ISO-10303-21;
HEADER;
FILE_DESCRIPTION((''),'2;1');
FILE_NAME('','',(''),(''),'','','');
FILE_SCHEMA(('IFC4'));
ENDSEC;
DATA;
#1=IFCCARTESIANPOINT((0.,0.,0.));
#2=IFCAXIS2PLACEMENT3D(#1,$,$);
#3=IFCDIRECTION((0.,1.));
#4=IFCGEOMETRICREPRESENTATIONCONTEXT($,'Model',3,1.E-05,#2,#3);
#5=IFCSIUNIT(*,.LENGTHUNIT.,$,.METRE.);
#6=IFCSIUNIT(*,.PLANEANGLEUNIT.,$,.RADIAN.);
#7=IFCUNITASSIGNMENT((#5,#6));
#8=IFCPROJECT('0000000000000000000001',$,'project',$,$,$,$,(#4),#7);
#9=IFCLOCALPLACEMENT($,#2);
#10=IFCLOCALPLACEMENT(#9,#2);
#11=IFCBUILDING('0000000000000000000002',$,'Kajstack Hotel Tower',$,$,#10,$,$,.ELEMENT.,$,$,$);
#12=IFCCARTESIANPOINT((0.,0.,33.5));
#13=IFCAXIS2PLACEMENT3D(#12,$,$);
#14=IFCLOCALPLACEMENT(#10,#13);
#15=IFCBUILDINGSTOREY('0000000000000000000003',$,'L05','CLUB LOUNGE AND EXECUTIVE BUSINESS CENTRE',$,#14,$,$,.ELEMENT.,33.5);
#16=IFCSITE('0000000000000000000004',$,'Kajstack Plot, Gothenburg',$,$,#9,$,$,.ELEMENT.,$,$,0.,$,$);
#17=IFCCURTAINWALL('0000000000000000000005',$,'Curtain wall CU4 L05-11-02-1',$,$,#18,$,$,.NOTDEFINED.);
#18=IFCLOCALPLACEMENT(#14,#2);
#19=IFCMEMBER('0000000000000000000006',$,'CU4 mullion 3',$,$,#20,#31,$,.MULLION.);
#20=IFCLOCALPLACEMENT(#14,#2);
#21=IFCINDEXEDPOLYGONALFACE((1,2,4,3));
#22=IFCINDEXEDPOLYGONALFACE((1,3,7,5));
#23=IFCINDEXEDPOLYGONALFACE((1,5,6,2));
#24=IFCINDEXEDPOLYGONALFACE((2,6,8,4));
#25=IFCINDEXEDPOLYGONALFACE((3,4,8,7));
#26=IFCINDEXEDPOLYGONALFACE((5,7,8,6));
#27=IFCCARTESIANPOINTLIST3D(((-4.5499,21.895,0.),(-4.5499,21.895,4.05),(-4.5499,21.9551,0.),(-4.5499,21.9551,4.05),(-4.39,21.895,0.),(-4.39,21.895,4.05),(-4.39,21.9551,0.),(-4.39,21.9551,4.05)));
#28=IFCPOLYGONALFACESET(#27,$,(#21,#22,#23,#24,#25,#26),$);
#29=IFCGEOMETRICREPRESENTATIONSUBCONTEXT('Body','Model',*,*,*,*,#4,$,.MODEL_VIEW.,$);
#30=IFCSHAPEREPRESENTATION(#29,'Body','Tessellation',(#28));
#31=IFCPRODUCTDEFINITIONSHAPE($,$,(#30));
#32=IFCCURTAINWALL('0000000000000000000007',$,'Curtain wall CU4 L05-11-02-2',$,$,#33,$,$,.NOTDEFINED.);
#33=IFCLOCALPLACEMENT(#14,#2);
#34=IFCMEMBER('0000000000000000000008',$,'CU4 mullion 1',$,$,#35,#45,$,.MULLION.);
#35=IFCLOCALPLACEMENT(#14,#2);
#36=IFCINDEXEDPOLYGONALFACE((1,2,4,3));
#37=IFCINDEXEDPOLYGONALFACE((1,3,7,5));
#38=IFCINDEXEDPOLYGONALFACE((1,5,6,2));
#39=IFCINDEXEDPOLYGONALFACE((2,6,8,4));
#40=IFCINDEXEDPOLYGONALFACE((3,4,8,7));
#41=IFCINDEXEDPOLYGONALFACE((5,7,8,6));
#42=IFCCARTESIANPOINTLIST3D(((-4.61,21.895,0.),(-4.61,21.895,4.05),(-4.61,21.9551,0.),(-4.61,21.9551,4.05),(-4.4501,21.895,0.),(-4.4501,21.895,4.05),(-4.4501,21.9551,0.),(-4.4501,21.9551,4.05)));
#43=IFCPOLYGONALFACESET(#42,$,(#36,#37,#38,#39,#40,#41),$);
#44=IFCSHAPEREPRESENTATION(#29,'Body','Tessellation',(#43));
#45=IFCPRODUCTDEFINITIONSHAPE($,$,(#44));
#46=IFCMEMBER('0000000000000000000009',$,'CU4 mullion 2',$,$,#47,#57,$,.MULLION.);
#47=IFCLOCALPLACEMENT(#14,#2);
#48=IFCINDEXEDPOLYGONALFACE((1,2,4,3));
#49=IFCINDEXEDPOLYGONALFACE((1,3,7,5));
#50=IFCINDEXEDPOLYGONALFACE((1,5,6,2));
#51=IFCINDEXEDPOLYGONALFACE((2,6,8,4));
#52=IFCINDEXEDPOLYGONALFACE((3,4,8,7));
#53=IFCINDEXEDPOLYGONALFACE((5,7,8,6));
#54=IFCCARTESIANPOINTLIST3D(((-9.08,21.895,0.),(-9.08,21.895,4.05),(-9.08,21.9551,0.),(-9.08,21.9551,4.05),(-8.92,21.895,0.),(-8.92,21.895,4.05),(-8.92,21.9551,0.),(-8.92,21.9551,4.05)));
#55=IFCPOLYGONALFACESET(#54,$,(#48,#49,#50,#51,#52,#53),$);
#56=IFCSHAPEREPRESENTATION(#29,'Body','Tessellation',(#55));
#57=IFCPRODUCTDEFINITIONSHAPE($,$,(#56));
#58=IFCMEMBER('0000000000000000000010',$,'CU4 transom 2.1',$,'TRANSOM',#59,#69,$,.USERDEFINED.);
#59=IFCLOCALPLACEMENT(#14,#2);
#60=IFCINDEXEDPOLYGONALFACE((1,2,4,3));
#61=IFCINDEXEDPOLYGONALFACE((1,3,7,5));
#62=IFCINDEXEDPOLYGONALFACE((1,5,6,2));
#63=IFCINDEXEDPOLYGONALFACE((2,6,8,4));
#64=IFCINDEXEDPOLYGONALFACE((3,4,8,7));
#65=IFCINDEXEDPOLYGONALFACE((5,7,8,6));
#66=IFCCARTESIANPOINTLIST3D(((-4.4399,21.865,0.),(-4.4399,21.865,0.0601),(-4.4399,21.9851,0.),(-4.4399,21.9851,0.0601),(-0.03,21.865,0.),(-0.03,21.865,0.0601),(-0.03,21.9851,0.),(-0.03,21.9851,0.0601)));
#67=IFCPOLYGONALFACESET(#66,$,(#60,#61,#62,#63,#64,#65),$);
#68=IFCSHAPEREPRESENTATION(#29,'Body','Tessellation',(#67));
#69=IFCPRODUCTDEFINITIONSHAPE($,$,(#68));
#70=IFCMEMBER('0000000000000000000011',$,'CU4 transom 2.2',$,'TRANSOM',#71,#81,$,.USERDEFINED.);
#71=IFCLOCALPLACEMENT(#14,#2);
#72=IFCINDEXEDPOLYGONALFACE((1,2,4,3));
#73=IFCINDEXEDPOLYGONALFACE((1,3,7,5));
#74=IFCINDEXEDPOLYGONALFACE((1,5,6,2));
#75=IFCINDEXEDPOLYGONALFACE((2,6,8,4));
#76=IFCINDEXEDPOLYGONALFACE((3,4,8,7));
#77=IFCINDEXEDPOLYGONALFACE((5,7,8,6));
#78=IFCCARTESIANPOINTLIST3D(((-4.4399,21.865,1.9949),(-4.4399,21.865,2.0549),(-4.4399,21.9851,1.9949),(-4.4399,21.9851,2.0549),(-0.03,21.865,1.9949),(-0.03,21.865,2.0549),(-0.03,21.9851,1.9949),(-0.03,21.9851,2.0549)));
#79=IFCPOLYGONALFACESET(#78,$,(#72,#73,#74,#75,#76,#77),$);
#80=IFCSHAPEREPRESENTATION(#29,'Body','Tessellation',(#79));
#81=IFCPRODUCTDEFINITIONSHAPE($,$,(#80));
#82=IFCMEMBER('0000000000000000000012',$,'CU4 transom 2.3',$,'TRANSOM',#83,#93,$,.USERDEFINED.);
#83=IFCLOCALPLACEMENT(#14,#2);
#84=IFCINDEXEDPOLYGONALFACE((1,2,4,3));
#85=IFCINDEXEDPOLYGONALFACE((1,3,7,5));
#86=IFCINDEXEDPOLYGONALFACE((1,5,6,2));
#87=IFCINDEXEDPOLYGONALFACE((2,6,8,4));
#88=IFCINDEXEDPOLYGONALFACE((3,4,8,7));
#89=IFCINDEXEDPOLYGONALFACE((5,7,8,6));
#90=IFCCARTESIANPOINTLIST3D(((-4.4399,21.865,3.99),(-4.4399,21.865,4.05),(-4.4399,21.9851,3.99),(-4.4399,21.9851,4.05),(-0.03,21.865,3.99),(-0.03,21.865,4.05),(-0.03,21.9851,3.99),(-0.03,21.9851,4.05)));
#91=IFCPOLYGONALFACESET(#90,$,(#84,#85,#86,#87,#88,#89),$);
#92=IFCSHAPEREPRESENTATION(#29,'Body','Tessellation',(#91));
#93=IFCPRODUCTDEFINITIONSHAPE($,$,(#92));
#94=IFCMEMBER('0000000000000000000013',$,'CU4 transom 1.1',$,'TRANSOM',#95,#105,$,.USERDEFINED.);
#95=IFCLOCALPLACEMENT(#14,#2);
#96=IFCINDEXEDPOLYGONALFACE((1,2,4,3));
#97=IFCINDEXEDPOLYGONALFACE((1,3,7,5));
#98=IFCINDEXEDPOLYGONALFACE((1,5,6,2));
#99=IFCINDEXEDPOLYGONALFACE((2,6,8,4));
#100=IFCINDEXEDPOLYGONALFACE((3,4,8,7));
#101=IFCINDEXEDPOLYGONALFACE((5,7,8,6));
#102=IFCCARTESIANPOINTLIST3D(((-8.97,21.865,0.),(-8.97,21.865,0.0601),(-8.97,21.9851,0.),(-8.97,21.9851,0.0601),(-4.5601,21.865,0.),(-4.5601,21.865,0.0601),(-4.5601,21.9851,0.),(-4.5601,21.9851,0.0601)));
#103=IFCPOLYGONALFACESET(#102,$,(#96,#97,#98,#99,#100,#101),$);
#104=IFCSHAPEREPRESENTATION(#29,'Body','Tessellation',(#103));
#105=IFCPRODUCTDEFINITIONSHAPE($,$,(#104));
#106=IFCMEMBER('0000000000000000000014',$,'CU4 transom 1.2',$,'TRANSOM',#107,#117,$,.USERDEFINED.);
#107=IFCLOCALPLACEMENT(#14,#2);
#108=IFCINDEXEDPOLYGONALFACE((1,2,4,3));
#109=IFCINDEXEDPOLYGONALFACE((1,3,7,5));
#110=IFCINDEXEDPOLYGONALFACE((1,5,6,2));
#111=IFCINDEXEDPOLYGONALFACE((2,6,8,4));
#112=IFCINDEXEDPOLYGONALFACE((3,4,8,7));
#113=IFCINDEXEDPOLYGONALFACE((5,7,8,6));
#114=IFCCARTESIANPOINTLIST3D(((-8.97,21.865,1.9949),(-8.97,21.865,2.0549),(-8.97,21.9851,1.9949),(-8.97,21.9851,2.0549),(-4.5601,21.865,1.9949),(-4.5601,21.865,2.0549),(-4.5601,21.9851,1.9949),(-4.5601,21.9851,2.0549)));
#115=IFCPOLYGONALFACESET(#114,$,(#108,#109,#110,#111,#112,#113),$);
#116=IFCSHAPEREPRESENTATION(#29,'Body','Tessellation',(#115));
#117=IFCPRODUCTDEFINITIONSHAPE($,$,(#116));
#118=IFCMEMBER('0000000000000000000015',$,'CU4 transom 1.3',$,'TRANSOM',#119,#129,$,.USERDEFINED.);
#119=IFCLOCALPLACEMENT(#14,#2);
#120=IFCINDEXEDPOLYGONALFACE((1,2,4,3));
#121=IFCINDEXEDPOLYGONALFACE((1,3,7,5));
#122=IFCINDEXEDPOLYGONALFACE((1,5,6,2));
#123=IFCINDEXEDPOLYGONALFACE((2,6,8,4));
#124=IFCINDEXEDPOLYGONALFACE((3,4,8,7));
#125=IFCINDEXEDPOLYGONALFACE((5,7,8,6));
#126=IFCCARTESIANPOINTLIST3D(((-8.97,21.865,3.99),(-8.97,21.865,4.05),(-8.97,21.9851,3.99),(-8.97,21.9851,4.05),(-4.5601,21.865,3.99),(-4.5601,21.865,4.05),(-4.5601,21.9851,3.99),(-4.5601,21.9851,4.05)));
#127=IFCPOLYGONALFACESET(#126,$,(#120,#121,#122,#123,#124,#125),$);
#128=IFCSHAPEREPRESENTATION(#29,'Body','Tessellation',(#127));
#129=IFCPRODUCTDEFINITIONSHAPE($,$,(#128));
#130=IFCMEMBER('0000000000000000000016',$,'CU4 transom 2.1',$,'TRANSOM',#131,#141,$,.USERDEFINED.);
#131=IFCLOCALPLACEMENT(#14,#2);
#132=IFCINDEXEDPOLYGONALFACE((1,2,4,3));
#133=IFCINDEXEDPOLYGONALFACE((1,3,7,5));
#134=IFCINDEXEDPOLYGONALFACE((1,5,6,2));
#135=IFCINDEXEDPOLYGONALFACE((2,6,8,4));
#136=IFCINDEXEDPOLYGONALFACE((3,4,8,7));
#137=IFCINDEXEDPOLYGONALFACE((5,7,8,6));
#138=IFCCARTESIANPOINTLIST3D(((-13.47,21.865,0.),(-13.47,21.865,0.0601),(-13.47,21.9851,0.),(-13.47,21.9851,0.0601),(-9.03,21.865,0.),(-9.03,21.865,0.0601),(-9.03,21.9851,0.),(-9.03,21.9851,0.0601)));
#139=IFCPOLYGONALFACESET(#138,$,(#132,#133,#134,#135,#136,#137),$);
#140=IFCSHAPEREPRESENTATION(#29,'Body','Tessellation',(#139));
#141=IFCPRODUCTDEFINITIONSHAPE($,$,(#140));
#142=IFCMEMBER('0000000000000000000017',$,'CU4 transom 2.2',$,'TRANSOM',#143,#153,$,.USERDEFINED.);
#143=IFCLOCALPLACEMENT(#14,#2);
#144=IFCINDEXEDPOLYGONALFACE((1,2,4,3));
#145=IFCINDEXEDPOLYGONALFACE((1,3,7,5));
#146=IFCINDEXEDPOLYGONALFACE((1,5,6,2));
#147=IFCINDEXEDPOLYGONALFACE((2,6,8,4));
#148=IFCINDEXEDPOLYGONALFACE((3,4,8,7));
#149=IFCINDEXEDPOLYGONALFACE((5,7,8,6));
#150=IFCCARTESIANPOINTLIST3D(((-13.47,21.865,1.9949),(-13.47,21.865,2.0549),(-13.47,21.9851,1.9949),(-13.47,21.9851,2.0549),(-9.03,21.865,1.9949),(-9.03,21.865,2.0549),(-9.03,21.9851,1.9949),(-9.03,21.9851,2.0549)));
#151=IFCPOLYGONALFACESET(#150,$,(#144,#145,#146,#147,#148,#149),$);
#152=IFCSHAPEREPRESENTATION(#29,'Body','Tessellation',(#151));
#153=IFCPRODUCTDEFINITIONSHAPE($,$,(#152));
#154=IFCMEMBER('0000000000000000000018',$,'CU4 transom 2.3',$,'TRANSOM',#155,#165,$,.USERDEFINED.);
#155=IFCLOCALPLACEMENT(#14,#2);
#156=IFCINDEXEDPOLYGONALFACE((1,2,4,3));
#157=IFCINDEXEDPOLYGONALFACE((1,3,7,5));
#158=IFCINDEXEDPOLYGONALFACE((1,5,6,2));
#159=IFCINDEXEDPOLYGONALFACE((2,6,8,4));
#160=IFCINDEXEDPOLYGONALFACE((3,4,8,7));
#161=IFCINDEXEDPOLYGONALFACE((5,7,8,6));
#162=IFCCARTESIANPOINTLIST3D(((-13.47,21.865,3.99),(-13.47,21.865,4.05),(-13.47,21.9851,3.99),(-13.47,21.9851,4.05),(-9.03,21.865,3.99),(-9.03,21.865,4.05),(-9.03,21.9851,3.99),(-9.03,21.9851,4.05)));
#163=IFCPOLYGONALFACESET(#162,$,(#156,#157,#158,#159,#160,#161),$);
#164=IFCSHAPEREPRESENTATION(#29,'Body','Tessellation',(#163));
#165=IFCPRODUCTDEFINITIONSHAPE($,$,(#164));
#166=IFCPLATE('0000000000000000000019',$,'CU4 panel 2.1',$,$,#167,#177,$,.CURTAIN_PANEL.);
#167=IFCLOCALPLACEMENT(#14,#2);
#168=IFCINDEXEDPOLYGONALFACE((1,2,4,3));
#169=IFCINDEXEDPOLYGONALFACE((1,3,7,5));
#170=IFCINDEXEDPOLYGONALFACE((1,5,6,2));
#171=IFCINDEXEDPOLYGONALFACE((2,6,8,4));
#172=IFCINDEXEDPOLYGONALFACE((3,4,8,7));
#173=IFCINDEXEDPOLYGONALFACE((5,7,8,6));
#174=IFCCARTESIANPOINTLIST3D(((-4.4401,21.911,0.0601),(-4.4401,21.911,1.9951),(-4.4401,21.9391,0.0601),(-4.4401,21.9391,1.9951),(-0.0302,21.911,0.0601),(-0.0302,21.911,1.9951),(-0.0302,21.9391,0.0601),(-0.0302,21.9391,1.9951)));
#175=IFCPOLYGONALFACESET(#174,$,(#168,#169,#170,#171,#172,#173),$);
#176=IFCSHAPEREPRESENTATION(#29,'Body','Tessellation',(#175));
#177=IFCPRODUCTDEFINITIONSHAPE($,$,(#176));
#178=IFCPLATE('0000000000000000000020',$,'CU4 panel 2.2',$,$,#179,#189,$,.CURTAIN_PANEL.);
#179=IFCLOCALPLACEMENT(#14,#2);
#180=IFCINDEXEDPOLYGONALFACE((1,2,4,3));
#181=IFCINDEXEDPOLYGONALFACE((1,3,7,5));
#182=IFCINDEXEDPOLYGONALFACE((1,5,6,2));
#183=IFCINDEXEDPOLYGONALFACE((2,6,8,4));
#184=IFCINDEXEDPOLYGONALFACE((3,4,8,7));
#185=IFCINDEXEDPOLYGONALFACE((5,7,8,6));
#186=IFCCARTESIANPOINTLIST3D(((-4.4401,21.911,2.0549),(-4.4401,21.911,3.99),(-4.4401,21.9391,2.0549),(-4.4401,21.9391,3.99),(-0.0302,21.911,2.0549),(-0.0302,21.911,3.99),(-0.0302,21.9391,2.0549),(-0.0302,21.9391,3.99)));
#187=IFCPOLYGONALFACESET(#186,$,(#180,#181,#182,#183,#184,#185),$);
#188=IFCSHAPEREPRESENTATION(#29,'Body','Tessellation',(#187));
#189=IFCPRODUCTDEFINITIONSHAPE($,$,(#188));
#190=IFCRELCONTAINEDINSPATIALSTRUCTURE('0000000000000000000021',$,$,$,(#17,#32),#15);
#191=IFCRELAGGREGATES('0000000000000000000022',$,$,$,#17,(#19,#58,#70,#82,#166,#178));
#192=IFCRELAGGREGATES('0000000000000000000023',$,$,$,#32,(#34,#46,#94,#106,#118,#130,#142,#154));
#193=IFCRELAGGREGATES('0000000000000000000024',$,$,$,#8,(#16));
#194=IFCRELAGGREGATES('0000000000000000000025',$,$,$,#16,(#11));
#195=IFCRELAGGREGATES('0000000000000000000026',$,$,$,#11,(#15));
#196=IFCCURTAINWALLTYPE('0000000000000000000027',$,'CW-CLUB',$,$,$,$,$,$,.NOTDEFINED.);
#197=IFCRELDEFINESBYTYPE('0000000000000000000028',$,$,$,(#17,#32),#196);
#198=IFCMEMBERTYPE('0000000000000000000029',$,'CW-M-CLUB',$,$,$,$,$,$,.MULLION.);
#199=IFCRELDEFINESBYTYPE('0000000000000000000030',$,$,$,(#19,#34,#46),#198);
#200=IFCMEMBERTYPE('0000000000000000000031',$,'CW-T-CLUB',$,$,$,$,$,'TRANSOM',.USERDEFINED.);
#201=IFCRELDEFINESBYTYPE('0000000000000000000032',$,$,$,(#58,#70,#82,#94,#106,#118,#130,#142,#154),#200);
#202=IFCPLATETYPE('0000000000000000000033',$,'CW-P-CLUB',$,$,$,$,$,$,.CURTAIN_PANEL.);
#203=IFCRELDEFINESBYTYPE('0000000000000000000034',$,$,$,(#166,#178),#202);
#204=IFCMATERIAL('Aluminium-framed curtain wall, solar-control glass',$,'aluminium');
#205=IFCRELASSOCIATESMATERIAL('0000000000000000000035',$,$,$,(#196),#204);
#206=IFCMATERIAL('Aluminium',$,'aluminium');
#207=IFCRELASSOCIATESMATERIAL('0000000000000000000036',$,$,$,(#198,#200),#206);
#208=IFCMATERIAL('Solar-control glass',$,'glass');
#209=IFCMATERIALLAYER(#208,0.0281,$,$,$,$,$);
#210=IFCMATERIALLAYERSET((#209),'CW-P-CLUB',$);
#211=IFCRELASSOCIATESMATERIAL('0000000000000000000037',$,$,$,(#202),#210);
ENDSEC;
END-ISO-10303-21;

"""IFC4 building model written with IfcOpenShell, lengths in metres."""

from ifc_helpers import new_model, si_unit, direction, frame, origin, origin_2d, place, context, subcontext, project, spatial, rectangle, extrude, material, layer, layer_set, material_profile, profile_set, type_object, element, aggregate, save


model = new_model("IFC4")

# Units and contexts
model_context = context("Model", 3, precision=1e-05, world=origin(), true_north=direction((0.0, 1.0)))
body_context = subcontext(model_context, "Body", "Model", "MODEL_VIEW")
ifc_project = project(units=[si_unit("LENGTHUNIT", "METRE"), si_unit("PLANEANGLEUNIT", "RADIAN")], contexts=[model_context])

# Site, building, storey
site_placement = place(None, origin())
site = spatial("IfcSite", under=ifc_project, at=site_placement, Name="Kajstack Plot, Gothenburg", CompositionType="ELEMENT", RefElevation=0.0)
building_placement = place(site_placement, origin())
building = spatial("IfcBuilding", under=site, at=building_placement, Name="Kajstack Hotel Tower", CompositionType="ELEMENT")
storey_placement = place(building_placement, frame((0.0, 0.0, 33.5)))
storey = spatial("IfcBuildingStorey", under=building, at=storey_placement, Name="L05", Description="CLUB LOUNGE AND EXECUTIVE BUSINESS CENTRE", CompositionType="ELEMENT", Elevation=33.5)

# Curtain wall, member
ifc_material_1 = material(Name="Aluminium-framed curtain wall, solar-control glass", Category="aluminium")
curtain_wall_type = type_object("IfcCurtainWallType", Name="CW-CLUB", PredefinedType="NOTDEFINED", material=ifc_material_1)
curtain_wall_1_placement = place(storey_placement, origin())
curtain_wall_1 = element("IfcCurtainWall", 1, at=curtain_wall_1_placement, inside=storey, type_object=curtain_wall_type, Name="Curtain wall CU4 L05-11-02-1", PredefinedType="NOTDEFINED")
ifc_material_2 = material(Name="Aluminium", Category="aluminium")
ifc_material_profile_1 = material_profile(ifc_material_2, rectangle(XDim=0.0601, YDim=0.1599, at=origin_2d()), Name="Aluminium mullion 60 x 160")
ifc_profile_set_1 = profile_set([ifc_material_profile_1], Name="Aluminium")
member_type_1 = type_object("IfcMemberType", Name="CW-M-CLUB", PredefinedType="MULLION", material=ifc_profile_set_1)
member_1_placement = place(storey_placement, frame((-4.47, 21.925, 0.0), z_axis=(0.0, 0.0, 1.0), x_axis=(0.0, -1.0, 0.0)))
member_1 = element("IfcMember", 2, at=member_1_placement, type_object=member_type_1, Name="CU4 mullion 3", PredefinedType="MULLION", context=body_context, shape_type="SweptSolid", body=[
    extrude(rectangle(XDim=0.0601, YDim=0.1599, at=origin_2d()), origin(), (0.0, 0.0, 1.0), 4.05),
])

# Curtain wall, members
curtain_wall_2_placement = place(storey_placement, origin())
curtain_wall_2 = element("IfcCurtainWall", 3, at=curtain_wall_2_placement, inside=storey, type_object=curtain_wall_type, Name="Curtain wall CU4 L05-11-02-2", PredefinedType="NOTDEFINED")
member_2_placement = place(storey_placement, frame((-4.53, 21.925, 0.0), z_axis=(0.0, 0.0, 1.0), x_axis=(0.0, -1.0, 0.0)))
member_2 = element("IfcMember", 4, at=member_2_placement, type_object=member_type_1, Name="CU4 mullion 1", PredefinedType="MULLION", context=body_context, shape_type="SweptSolid", body=[
    extrude(rectangle(XDim=0.0601, YDim=0.1599, at=origin_2d()), origin(), (0.0, 0.0, 1.0), 4.05),
])
member_3_placement = place(storey_placement, frame((-9.0, 21.925, 0.0), z_axis=(0.0, 0.0, 1.0), x_axis=(0.0, -1.0, 0.0)))
member_3 = element("IfcMember", 5, at=member_3_placement, type_object=member_type_1, Name="CU4 mullion 2", PredefinedType="MULLION", context=body_context, shape_type="SweptSolid", body=[
    extrude(rectangle(XDim=0.0601, YDim=0.1599, at=origin_2d()), origin(), (0.0, 0.0, 1.0), 4.05),
])

# Members
ifc_material_profile_2 = material_profile(ifc_material_2, rectangle(XDim=0.1201, YDim=0.0601, at=origin_2d()), Name="Aluminium transom 120 x 60")
ifc_profile_set_2 = profile_set([ifc_material_profile_2], Name="Aluminium")
member_type_2 = type_object("IfcMemberType", Name="CW-T-CLUB", ElementType="TRANSOM", PredefinedType="USERDEFINED", material=ifc_profile_set_2)
member_4_placement = place(storey_placement, frame((-0.03, 21.925, 0.03), z_axis=(-1.0, 0.0, 0.0), x_axis=(0.0, -1.0, 0.0)))
member_4 = element("IfcMember", 6, at=member_4_placement, type_object=member_type_2, Name="CU4 transom 2.1", ObjectType="TRANSOM", PredefinedType="USERDEFINED", context=body_context, shape_type="SweptSolid", body=[
    extrude(rectangle(XDim=0.1201, YDim=0.0601, at=origin_2d()), origin(), (0.0, 0.0, 1.0), 4.4099),
])
member_5_placement = place(storey_placement, frame((-0.03, 21.925, 2.0249), z_axis=(-1.0, 0.0, 0.0), x_axis=(0.0, -1.0, 0.0)))
member_5 = element("IfcMember", 7, at=member_5_placement, type_object=member_type_2, Name="CU4 transom 2.2", ObjectType="TRANSOM", PredefinedType="USERDEFINED", context=body_context, shape_type="SweptSolid", body=[
    extrude(rectangle(XDim=0.1201, YDim=0.0601, at=origin_2d()), origin(), (0.0, 0.0, 1.0), 4.4099),
])
member_6_placement = place(storey_placement, frame((-0.03, 21.925, 4.02), z_axis=(-1.0, 0.0, 0.0), x_axis=(0.0, -1.0, 0.0)))
member_6 = element("IfcMember", 8, at=member_6_placement, type_object=member_type_2, Name="CU4 transom 2.3", ObjectType="TRANSOM", PredefinedType="USERDEFINED", context=body_context, shape_type="SweptSolid", body=[
    extrude(rectangle(XDim=0.1201, YDim=0.0601, at=origin_2d()), origin(), (0.0, 0.0, 1.0), 4.4099),
])
member_7_placement = place(storey_placement, frame((-4.5601, 21.925, 0.03), z_axis=(-1.0, 0.0, 0.0), x_axis=(0.0, -1.0, 0.0)))
member_7 = element("IfcMember", 9, at=member_7_placement, type_object=member_type_2, Name="CU4 transom 1.1", ObjectType="TRANSOM", PredefinedType="USERDEFINED", context=body_context, shape_type="SweptSolid", body=[
    extrude(rectangle(XDim=0.1201, YDim=0.0601, at=origin_2d()), origin(), (0.0, 0.0, 1.0), 4.4099),
])
member_8_placement = place(storey_placement, frame((-4.5601, 21.925, 2.0249), z_axis=(-1.0, 0.0, 0.0), x_axis=(0.0, -1.0, 0.0)))
member_8 = element("IfcMember", 10, at=member_8_placement, type_object=member_type_2, Name="CU4 transom 1.2", ObjectType="TRANSOM", PredefinedType="USERDEFINED", context=body_context, shape_type="SweptSolid", body=[
    extrude(rectangle(XDim=0.1201, YDim=0.0601, at=origin_2d()), origin(), (0.0, 0.0, 1.0), 4.4099),
])
member_9_placement = place(storey_placement, frame((-4.5601, 21.925, 4.02), z_axis=(-1.0, 0.0, 0.0), x_axis=(0.0, -1.0, 0.0)))
member_9 = element("IfcMember", 11, at=member_9_placement, type_object=member_type_2, Name="CU4 transom 1.3", ObjectType="TRANSOM", PredefinedType="USERDEFINED", context=body_context, shape_type="SweptSolid", body=[
    extrude(rectangle(XDim=0.1201, YDim=0.0601, at=origin_2d()), origin(), (0.0, 0.0, 1.0), 4.4099),
])
member_10_placement = place(storey_placement, frame((-9.03, 21.925, 0.03), z_axis=(-1.0, 0.0, 0.0), x_axis=(0.0, -1.0, 0.0)))
member_10 = element("IfcMember", 12, at=member_10_placement, type_object=member_type_2, Name="CU4 transom 2.1", ObjectType="TRANSOM", PredefinedType="USERDEFINED", context=body_context, shape_type="SweptSolid", body=[
    extrude(rectangle(XDim=0.1201, YDim=0.0601, at=origin_2d()), origin(), (0.0, 0.0, 1.0), 4.4399),
])
member_11_placement = place(storey_placement, frame((-9.03, 21.925, 2.0249), z_axis=(-1.0, 0.0, 0.0), x_axis=(0.0, -1.0, 0.0)))
member_11 = element("IfcMember", 13, at=member_11_placement, type_object=member_type_2, Name="CU4 transom 2.2", ObjectType="TRANSOM", PredefinedType="USERDEFINED", context=body_context, shape_type="SweptSolid", body=[
    extrude(rectangle(XDim=0.1201, YDim=0.0601, at=origin_2d()), origin(), (0.0, 0.0, 1.0), 4.4399),
])
member_12_placement = place(storey_placement, frame((-9.03, 21.925, 4.02), z_axis=(-1.0, 0.0, 0.0), x_axis=(0.0, -1.0, 0.0)))
member_12 = element("IfcMember", 14, at=member_12_placement, type_object=member_type_2, Name="CU4 transom 2.3", ObjectType="TRANSOM", PredefinedType="USERDEFINED", context=body_context, shape_type="SweptSolid", body=[
    extrude(rectangle(XDim=0.1201, YDim=0.0601, at=origin_2d()), origin(), (0.0, 0.0, 1.0), 4.4399),
])

# Plates
ifc_material_3 = material(Name="Solar-control glass", Category="glass")
ifc_layer = layer(ifc_material_3, 0.0281)
ifc_layer_set = layer_set([ifc_layer], Name="CW-P-CLUB")
plate_type = type_object("IfcPlateType", Name="CW-P-CLUB", PredefinedType="CURTAIN_PANEL", material=ifc_layer_set)
plate_1_placement = place(storey_placement, frame((-2.2351, 21.925, 0.0601), z_axis=(0.0, 0.0, 1.0), x_axis=(-1.0, 0.0, 0.0)))
plate_1 = element("IfcPlate", 15, at=plate_1_placement, type_object=plate_type, Name="CU4 panel 2.1", PredefinedType="CURTAIN_PANEL", context=body_context, shape_type="SweptSolid", body=[
    extrude(rectangle(XDim=4.4099, YDim=0.0281, at=origin_2d()), origin(), (0.0, 0.0, 1.0), 1.9351),
])
plate_2_placement = place(storey_placement, frame((-2.2351, 21.925, 2.0549), z_axis=(0.0, 0.0, 1.0), x_axis=(-1.0, 0.0, 0.0)))
plate_2 = element("IfcPlate", 16, at=plate_2_placement, type_object=plate_type, Name="CU4 panel 2.2", PredefinedType="CURTAIN_PANEL", context=body_context, shape_type="SweptSolid", body=[
    extrude(rectangle(XDim=4.4099, YDim=0.0281, at=origin_2d()), origin(), (0.0, 0.0, 1.0), 1.9351),
])
aggregate(curtain_wall_1, [member_1, member_4, member_5, member_6, plate_1, plate_2])
aggregate(curtain_wall_2, [member_2, member_3, member_7, member_8, member_9, member_10, member_11, member_12])

save(model, "model.ifc")
